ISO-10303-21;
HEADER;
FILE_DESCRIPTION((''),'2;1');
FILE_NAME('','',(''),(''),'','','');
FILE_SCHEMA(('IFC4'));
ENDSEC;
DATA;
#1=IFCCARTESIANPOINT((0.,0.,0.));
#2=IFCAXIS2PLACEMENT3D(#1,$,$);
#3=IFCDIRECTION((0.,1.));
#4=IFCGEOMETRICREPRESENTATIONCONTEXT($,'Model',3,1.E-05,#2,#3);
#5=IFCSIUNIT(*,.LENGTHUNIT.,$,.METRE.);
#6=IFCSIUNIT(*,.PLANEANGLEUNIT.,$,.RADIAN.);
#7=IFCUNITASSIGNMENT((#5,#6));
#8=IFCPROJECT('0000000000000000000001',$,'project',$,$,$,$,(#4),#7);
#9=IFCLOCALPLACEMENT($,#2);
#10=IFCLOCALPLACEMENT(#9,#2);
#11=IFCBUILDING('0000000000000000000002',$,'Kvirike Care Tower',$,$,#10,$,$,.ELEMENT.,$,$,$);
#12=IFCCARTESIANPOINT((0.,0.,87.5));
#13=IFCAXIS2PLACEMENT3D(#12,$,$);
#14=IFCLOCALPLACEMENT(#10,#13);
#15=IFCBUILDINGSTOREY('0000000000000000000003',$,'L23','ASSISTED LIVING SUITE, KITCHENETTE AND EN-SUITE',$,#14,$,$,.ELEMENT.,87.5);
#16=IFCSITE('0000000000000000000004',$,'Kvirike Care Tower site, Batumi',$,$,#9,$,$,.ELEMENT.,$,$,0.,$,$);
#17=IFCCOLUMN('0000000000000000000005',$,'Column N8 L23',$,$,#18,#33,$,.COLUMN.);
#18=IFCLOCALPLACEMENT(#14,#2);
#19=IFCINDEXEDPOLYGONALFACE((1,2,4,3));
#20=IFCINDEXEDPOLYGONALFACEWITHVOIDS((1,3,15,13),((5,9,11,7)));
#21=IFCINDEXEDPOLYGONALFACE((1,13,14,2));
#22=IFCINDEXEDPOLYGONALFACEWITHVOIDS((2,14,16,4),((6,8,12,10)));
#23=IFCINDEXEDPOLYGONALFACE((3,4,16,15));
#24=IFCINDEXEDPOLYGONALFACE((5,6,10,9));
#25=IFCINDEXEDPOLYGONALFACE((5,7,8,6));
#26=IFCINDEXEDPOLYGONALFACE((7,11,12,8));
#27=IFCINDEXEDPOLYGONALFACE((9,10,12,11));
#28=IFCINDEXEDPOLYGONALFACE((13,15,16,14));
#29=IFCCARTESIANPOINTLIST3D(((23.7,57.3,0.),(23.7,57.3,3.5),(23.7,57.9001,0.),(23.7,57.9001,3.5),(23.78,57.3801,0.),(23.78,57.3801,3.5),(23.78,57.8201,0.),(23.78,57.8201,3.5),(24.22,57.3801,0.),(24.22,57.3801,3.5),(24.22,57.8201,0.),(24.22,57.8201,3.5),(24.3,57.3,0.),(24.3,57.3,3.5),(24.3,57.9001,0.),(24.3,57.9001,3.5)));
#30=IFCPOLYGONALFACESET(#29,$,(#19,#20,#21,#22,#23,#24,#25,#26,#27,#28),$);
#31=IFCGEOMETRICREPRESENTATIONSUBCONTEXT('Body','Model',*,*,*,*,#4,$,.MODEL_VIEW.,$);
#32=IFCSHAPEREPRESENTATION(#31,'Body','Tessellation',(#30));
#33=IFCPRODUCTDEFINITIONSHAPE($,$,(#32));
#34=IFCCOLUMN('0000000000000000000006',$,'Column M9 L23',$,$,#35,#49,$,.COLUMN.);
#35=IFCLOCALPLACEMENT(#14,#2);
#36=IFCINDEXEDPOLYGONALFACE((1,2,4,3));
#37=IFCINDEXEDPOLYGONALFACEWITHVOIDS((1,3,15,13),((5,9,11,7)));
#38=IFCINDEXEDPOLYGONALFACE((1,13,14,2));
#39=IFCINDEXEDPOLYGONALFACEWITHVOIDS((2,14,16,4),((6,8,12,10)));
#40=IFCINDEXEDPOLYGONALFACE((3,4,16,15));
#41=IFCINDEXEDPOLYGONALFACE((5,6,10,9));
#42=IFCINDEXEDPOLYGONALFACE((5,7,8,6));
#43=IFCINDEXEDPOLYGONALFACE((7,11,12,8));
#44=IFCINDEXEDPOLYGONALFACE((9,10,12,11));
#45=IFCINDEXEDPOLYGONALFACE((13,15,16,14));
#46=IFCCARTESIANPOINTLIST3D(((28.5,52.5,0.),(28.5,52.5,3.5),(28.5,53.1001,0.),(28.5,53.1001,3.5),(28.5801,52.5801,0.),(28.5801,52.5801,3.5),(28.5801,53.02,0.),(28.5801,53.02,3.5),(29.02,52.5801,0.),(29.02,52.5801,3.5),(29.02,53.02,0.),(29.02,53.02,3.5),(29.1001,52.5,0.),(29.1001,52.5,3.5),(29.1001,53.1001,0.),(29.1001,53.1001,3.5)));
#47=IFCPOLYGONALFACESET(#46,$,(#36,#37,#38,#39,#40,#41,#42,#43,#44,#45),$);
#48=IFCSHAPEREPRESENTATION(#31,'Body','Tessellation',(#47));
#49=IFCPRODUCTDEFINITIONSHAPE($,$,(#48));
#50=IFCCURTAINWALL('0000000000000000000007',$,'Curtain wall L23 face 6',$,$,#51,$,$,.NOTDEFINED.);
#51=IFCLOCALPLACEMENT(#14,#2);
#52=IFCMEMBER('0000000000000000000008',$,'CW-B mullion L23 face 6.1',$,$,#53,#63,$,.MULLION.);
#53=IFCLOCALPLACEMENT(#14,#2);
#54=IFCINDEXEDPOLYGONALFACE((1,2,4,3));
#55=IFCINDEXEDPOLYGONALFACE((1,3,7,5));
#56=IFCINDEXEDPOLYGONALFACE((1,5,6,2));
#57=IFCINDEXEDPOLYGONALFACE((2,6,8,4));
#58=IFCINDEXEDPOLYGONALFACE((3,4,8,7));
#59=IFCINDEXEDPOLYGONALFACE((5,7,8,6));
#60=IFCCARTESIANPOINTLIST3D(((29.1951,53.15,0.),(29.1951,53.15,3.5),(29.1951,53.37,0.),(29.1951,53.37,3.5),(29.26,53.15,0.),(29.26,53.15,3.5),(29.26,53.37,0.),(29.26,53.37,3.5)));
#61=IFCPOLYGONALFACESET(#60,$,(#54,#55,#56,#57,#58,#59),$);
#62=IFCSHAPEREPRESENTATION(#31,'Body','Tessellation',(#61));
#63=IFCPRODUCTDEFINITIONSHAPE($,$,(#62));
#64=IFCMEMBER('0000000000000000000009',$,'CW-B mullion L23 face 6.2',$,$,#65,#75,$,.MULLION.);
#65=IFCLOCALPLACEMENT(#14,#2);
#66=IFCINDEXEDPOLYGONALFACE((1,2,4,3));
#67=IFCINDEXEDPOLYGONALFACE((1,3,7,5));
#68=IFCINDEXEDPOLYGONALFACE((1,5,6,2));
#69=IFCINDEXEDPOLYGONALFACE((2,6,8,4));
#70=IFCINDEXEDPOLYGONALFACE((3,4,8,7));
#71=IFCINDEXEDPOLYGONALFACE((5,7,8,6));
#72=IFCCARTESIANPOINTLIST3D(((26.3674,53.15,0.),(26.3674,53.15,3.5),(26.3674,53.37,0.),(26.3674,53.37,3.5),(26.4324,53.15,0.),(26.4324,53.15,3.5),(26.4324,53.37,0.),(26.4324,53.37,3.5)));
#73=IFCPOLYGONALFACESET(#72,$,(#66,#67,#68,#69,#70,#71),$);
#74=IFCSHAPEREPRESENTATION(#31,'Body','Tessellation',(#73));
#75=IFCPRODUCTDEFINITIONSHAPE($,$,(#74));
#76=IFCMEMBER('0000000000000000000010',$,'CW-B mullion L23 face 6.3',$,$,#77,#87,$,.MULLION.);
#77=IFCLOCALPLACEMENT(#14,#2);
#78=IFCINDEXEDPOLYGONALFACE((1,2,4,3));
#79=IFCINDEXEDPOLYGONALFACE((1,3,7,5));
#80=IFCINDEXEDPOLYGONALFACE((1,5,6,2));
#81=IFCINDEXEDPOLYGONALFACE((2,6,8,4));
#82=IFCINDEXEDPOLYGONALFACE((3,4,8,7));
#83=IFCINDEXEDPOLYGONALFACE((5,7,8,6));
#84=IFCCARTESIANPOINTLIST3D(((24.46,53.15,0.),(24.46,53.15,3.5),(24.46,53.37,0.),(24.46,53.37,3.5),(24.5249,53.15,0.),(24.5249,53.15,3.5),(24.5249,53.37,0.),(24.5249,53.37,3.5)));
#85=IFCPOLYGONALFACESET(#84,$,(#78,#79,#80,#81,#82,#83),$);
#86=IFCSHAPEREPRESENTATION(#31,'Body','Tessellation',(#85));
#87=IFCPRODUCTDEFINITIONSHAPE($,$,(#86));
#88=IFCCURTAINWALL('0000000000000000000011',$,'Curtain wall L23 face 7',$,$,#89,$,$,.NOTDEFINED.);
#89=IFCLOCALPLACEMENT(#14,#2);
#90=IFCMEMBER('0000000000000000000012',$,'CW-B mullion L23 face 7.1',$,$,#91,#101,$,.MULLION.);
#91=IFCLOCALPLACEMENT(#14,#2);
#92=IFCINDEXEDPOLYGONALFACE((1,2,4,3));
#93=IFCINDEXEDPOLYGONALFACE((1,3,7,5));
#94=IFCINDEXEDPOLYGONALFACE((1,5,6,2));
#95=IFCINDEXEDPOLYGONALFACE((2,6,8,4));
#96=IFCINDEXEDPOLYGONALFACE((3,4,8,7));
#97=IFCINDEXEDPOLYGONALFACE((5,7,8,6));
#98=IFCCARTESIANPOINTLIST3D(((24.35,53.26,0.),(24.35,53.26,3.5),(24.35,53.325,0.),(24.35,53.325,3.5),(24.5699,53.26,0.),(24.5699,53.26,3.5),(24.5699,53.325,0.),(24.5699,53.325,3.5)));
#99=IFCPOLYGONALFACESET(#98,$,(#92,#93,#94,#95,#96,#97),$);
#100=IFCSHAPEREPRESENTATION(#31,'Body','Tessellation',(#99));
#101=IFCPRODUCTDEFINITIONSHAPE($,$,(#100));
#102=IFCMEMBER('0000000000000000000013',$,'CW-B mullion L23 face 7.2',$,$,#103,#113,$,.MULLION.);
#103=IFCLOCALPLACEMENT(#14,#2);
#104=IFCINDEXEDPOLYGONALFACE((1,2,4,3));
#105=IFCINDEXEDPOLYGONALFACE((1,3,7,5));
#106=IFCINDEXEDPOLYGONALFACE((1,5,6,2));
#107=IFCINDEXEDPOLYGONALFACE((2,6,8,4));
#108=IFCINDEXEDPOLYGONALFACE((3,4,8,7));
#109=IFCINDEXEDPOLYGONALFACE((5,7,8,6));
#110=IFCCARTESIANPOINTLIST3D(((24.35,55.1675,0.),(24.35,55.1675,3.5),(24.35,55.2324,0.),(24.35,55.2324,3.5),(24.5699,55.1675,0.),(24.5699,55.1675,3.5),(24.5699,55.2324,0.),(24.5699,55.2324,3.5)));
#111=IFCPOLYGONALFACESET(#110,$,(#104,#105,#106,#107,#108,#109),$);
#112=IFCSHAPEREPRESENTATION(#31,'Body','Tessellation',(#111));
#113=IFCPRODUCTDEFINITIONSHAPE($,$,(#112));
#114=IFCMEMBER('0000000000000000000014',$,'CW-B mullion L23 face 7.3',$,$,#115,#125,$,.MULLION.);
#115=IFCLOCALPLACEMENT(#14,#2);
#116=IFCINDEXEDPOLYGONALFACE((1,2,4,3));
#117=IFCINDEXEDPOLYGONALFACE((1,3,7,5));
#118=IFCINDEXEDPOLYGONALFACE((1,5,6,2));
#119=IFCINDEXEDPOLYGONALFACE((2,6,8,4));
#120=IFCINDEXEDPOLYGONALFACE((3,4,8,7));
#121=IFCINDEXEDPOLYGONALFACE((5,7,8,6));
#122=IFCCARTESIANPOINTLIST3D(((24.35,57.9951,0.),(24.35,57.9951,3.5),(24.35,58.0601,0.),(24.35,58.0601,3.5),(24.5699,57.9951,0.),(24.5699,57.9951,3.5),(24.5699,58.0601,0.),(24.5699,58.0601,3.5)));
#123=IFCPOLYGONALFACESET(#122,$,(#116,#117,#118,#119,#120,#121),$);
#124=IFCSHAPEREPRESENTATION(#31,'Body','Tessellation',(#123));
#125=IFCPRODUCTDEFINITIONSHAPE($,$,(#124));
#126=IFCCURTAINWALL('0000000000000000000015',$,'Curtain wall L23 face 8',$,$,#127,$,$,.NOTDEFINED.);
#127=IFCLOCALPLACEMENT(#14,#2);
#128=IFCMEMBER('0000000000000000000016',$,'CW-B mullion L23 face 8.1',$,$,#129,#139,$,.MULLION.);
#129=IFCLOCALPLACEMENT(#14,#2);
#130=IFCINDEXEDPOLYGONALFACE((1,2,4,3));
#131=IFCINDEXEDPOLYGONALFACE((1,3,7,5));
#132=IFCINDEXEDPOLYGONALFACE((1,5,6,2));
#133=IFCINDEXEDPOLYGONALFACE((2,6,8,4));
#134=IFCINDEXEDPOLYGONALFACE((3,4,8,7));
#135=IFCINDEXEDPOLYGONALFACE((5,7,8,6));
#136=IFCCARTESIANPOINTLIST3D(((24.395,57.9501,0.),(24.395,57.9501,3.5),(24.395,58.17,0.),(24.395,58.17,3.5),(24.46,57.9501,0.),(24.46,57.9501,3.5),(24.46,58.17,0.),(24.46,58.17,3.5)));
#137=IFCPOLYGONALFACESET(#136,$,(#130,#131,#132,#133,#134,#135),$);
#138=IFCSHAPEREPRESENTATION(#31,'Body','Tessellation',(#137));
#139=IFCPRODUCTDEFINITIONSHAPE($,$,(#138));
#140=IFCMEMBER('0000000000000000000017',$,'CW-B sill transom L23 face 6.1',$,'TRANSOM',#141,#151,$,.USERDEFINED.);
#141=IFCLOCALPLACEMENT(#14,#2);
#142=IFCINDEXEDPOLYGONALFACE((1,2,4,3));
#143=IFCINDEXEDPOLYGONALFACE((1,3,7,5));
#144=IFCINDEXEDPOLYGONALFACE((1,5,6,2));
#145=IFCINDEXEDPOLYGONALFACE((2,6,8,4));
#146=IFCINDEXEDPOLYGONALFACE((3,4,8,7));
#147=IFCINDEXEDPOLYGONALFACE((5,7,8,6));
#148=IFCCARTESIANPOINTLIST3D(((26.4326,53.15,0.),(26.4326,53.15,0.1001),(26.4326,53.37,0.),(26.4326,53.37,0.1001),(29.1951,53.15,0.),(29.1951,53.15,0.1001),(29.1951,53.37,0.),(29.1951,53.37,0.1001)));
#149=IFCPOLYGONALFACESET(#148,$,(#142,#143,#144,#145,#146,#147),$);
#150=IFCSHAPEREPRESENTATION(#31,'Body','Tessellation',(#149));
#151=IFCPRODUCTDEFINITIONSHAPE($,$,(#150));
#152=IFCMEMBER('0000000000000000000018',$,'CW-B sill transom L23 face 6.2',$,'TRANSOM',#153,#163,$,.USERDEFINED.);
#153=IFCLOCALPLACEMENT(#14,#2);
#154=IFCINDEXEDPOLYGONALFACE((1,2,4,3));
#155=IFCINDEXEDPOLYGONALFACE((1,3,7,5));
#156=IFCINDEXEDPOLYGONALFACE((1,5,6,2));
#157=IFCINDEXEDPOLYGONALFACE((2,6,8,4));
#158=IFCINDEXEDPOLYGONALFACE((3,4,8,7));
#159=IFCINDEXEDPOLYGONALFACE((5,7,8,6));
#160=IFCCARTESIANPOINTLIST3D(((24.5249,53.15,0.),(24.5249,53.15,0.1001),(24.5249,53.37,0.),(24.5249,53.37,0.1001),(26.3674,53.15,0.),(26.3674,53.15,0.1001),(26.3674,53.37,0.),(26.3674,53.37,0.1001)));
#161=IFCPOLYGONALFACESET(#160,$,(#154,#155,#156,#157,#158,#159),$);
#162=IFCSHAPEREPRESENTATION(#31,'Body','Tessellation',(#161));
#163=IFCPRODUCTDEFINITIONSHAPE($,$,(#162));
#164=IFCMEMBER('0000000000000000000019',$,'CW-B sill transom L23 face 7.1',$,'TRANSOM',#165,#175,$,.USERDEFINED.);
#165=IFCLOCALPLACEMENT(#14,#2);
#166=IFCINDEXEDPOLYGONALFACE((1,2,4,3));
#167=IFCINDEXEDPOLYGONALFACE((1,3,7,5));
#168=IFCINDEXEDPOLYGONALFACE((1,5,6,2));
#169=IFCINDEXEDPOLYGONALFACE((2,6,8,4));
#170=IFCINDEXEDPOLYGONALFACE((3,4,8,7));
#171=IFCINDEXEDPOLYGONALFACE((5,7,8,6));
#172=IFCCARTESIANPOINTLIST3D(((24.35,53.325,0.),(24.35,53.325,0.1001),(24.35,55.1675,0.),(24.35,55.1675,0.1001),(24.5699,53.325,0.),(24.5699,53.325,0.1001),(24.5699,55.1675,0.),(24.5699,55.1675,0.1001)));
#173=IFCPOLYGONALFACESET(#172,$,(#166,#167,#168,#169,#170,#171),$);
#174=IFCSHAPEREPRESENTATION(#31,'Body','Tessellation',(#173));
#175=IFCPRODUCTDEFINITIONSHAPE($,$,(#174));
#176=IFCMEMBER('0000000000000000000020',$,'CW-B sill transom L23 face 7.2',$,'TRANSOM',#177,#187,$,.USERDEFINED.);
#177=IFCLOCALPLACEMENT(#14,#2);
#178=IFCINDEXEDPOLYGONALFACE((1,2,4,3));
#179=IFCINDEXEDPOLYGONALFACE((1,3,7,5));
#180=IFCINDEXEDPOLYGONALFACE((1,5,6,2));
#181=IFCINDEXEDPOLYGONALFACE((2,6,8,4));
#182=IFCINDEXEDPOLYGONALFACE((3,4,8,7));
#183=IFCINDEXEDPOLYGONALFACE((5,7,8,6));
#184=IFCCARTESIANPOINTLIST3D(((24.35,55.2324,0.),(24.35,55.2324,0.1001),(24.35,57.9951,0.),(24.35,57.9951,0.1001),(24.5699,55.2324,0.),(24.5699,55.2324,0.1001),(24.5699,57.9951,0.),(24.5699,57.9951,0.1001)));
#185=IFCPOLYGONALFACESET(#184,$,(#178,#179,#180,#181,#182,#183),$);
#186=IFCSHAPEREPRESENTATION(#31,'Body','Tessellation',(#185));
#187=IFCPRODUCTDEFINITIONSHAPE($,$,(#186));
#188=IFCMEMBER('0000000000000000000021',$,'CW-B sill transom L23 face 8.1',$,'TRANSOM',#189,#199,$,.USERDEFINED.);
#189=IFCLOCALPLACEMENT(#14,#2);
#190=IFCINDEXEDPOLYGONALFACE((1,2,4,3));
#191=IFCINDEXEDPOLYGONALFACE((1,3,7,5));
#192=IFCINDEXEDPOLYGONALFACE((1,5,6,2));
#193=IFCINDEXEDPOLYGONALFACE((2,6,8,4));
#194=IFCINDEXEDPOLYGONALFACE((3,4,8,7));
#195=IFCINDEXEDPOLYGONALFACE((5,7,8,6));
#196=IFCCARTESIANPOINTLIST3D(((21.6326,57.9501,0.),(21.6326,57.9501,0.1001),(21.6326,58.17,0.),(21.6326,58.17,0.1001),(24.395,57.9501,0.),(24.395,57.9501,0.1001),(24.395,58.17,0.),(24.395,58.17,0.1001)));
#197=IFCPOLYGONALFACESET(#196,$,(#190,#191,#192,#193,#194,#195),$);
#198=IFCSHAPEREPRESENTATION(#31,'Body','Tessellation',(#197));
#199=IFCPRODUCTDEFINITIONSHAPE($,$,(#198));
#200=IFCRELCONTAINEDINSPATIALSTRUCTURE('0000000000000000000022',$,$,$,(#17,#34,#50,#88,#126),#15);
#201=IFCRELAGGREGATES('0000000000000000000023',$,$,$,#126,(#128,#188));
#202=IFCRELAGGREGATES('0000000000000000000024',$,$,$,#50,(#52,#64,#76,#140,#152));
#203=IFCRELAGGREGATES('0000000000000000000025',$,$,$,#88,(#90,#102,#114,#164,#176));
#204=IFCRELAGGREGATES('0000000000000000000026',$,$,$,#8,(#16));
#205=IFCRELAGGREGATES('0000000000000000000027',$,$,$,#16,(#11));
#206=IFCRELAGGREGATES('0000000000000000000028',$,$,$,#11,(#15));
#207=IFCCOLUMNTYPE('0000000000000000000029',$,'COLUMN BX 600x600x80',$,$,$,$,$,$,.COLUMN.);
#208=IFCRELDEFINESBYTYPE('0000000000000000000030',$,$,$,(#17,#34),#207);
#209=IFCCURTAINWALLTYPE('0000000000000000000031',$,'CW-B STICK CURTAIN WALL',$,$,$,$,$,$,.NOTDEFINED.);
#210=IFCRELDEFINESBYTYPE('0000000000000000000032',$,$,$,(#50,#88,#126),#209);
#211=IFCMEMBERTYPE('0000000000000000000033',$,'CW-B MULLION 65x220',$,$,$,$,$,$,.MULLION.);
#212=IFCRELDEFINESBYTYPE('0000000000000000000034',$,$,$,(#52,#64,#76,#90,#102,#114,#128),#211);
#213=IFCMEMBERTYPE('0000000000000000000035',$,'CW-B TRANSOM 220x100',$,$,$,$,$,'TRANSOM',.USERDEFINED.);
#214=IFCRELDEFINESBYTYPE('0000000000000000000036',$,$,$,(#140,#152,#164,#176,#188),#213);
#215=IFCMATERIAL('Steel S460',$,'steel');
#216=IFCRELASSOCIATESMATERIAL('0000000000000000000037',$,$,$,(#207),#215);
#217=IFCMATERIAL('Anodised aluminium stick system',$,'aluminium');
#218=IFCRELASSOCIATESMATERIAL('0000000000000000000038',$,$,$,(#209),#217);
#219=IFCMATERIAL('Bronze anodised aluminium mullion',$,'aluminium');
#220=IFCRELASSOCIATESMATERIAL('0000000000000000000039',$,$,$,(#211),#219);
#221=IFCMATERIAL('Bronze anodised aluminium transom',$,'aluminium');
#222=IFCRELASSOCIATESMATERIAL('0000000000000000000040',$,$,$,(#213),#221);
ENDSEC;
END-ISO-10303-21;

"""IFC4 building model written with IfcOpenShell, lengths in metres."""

from ifc_helpers import new_model, si_unit, direction, frame, origin, origin_2d, place, context, subcontext, project, spatial, rectangle, hollow_rectangle, extrude, material, material_profile, profile_set, type_object, element, aggregate, save


model = new_model("IFC4")

# Units and contexts
model_context = context("Model", 3, precision=1e-05, world=origin(), true_north=direction((0.0, 1.0)))
body_context = subcontext(model_context, "Body", "Model", "MODEL_VIEW")
ifc_project = project(units=[si_unit("LENGTHUNIT", "METRE"), si_unit("PLANEANGLEUNIT", "RADIAN")], contexts=[model_context])

# Site, building, storey
site_placement = place(None, origin())
site = spatial("IfcSite", under=ifc_project, at=site_placement, Name="Kvirike Care Tower site, Batumi", CompositionType="ELEMENT", RefElevation=0.0)
building_placement = place(site_placement, origin())
building = spatial("IfcBuilding", under=site, at=building_placement, Name="Kvirike Care Tower", CompositionType="ELEMENT")
storey_placement = place(building_placement, frame((0.0, 0.0, 87.5)))
storey = spatial("IfcBuildingStorey", under=building, at=storey_placement, Name="L23", Description="ASSISTED LIVING SUITE, KITCHENETTE AND EN-SUITE", CompositionType="ELEMENT", Elevation=87.5)

# Columns
ifc_material_1 = material(Name="Steel S460", Category="steel")
ifc_material_profile_1 = material_profile(ifc_material_1, hollow_rectangle(XDim=0.6001, YDim=0.6001, WallThickness=0.0801, at=origin_2d()), Name="BX 600x600x80")
ifc_profile_set_1 = profile_set([ifc_material_profile_1], Name="Steel S460")
column_type = type_object("IfcColumnType", Name="COLUMN BX 600x600x80", PredefinedType="COLUMN", material=ifc_profile_set_1)
for number, where, z_axis, x_axis, name in (
    (1, (24.0, 57.6001, 0.0), (0.0, 0.0, 1.0), (0.0, 1.0, 0.0), "Column N8 L23"),
    (2, (28.8, 52.8, 0.0), (0.0, 0.0, 1.0), (0.0, 1.0, 0.0), "Column M9 L23"),
):
    element("IfcColumn", number, at=place(storey_placement, frame(where, z_axis=z_axis, x_axis=x_axis)), inside=storey, type_object=column_type, Name=name, PredefinedType="COLUMN", context=body_context, shape_type="SweptSolid", body=[
        extrude(hollow_rectangle(XDim=0.6001, YDim=0.6001, WallThickness=0.0801, at=origin_2d()), origin(), (0.0, 0.0, 1.0), 3.5),
    ])

# Curtain walls, members
ifc_material_2 = material(Name="Anodised aluminium stick system", Category="aluminium")
curtain_wall_type = type_object("IfcCurtainWallType", Name="CW-B STICK CURTAIN WALL", PredefinedType="NOTDEFINED", material=ifc_material_2)
curtain_wall_1_placement = place(storey_placement, origin())
curtain_wall_1 = element("IfcCurtainWall", 3, at=curtain_wall_1_placement, inside=storey, type_object=curtain_wall_type, Name="Curtain wall L23 face 6", PredefinedType="NOTDEFINED")
ifc_material_3 = material(Name="Bronze anodised aluminium mullion", Category="aluminium")
ifc_material_profile_2 = material_profile(ifc_material_3, rectangle(XDim=0.0649, YDim=0.22, at=origin_2d()), Name="CW-B MULLION 65x220")
ifc_profile_set_2 = profile_set([ifc_material_profile_2], Name="Bronze anodised aluminium mullion")
member_type_1 = type_object("IfcMemberType", Name="CW-B MULLION 65x220", PredefinedType="MULLION", material=ifc_profile_set_2)
member_1_placement = place(storey_placement, frame((29.2275, 53.26, 0.0), z_axis=(0.0, 0.0, 1.0), x_axis=(-1.0, 0.0, 0.0)))
member_1 = element("IfcMember", 4, at=member_1_placement, type_object=member_type_1, Name="CW-B mullion L23 face 6.1", PredefinedType="MULLION", context=body_context, shape_type="SweptSolid", body=[
    extrude(rectangle(XDim=0.0649, YDim=0.22, at=origin_2d()), origin(), (0.0, 0.0, 1.0), 3.5),
])
member_2_placement = place(storey_placement, frame((26.3999, 53.26, 0.0), z_axis=(0.0, 0.0, 1.0), x_axis=(-1.0, 0.0, 0.0)))
member_2 = element("IfcMember", 5, at=member_2_placement, type_object=member_type_1, Name="CW-B mullion L23 face 6.2", PredefinedType="MULLION", context=body_context, shape_type="SweptSolid", body=[
    extrude(rectangle(XDim=0.0649, YDim=0.22, at=origin_2d()), origin(), (0.0, 0.0, 1.0), 3.5),
])
member_3_placement = place(storey_placement, frame((24.4924, 53.26, 0.0), z_axis=(0.0, 0.0, 1.0), x_axis=(-1.0, 0.0, 0.0)))
member_3 = element("IfcMember", 6, at=member_3_placement, type_object=member_type_1, Name="CW-B mullion L23 face 6.3", PredefinedType="MULLION", context=body_context, shape_type="SweptSolid", body=[
    extrude(rectangle(XDim=0.0649, YDim=0.22, at=origin_2d()), origin(), (0.0, 0.0, 1.0), 3.5),
])
curtain_wall_2_placement = place(storey_placement, origin())
curtain_wall_2 = element("IfcCurtainWall", 7, at=curtain_wall_2_placement, inside=storey, type_object=curtain_wall_type, Name="Curtain wall L23 face 7", PredefinedType="NOTDEFINED")
member_4_placement = place(storey_placement, frame((24.46, 53.2925, 0.0), z_axis=(0.0, 0.0, 1.0), x_axis=(0.0, 1.0, 0.0)))
member_4 = element("IfcMember", 8, at=member_4_placement, type_object=member_type_1, Name="CW-B mullion L23 face 7.1", PredefinedType="MULLION", context=body_context, shape_type="SweptSolid", body=[
    extrude(rectangle(XDim=0.0649, YDim=0.22, at=origin_2d()), origin(), (0.0, 0.0, 1.0), 3.5),
])
member_5_placement = place(storey_placement, frame((24.46, 55.2, 0.0), z_axis=(0.0, 0.0, 1.0), x_axis=(0.0, 1.0, 0.0)))
member_5 = element("IfcMember", 9, at=member_5_placement, type_object=member_type_1, Name="CW-B mullion L23 face 7.2", PredefinedType="MULLION", context=body_context, shape_type="SweptSolid", body=[
    extrude(rectangle(XDim=0.0649, YDim=0.22, at=origin_2d()), origin(), (0.0, 0.0, 1.0), 3.5),
])
member_6_placement = place(storey_placement, frame((24.46, 58.0276, 0.0), z_axis=(0.0, 0.0, 1.0), x_axis=(0.0, 1.0, 0.0)))
member_6 = element("IfcMember", 10, at=member_6_placement, type_object=member_type_1, Name="CW-B mullion L23 face 7.3", PredefinedType="MULLION", context=body_context, shape_type="SweptSolid", body=[
    extrude(rectangle(XDim=0.0649, YDim=0.22, at=origin_2d()), origin(), (0.0, 0.0, 1.0), 3.5),
])

# Curtain wall, member
curtain_wall_3_placement = place(storey_placement, origin())
curtain_wall_3 = element("IfcCurtainWall", 11, at=curtain_wall_3_placement, inside=storey, type_object=curtain_wall_type, Name="Curtain wall L23 face 8", PredefinedType="NOTDEFINED")
member_7_placement = place(storey_placement, frame((24.4275, 58.0601, 0.0), z_axis=(0.0, 0.0, 1.0), x_axis=(-1.0, 0.0, 0.0)))
member_7 = element("IfcMember", 12, at=member_7_placement, type_object=member_type_1, Name="CW-B mullion L23 face 8.1", PredefinedType="MULLION", context=body_context, shape_type="SweptSolid", body=[
    extrude(rectangle(XDim=0.0649, YDim=0.22, at=origin_2d()), origin(), (0.0, 0.0, 1.0), 3.5),
])

# Members
ifc_material_4 = material(Name="Bronze anodised aluminium transom", Category="aluminium")
ifc_material_profile_3 = material_profile(ifc_material_4, rectangle(XDim=0.22, YDim=0.1001, at=origin_2d()), Name="CW-B TRANSOM 220x100")
ifc_profile_set_3 = profile_set([ifc_material_profile_3], Name="Bronze anodised aluminium transom")
member_type_2 = type_object("IfcMemberType", Name="CW-B TRANSOM 220x100", ElementType="TRANSOM", PredefinedType="USERDEFINED", material=ifc_profile_set_3)
member_8_placement = place(storey_placement, frame((29.1951, 53.26, 0.05), z_axis=(-1.0, 0.0, 0.0), x_axis=(0.0, -1.0, 0.0)))
member_8 = element("IfcMember", 13, at=member_8_placement, type_object=member_type_2, Name="CW-B sill transom L23 face 6.1", ObjectType="TRANSOM", PredefinedType="USERDEFINED", context=body_context, shape_type="SweptSolid", body=[
    extrude(rectangle(XDim=0.22, YDim=0.1001, at=origin_2d()), origin(), (0.0, 0.0, 1.0), 2.7625),
])
member_9_placement = place(storey_placement, frame((26.3674, 53.26, 0.05), z_axis=(-1.0, 0.0, 0.0), x_axis=(0.0, -1.0, 0.0)))
member_9 = element("IfcMember", 14, at=member_9_placement, type_object=member_type_2, Name="CW-B sill transom L23 face 6.2", ObjectType="TRANSOM", PredefinedType="USERDEFINED", context=body_context, shape_type="SweptSolid", body=[
    extrude(rectangle(XDim=0.22, YDim=0.1001, at=origin_2d()), origin(), (0.0, 0.0, 1.0), 1.8425),
])
member_10_placement = place(storey_placement, frame((24.46, 53.325, 0.05), z_axis=(0.0, 1.0, 0.0), x_axis=(-1.0, 0.0, 0.0)))
member_10 = element("IfcMember", 15, at=member_10_placement, type_object=member_type_2, Name="CW-B sill transom L23 face 7.1", ObjectType="TRANSOM", PredefinedType="USERDEFINED", context=body_context, shape_type="SweptSolid", body=[
    extrude(rectangle(XDim=0.22, YDim=0.1001, at=origin_2d()), origin(), (0.0, 0.0, 1.0), 1.8425),
])
member_11_placement = place(storey_placement, frame((24.46, 55.2324, 0.05), z_axis=(0.0, 1.0, 0.0), x_axis=(-1.0, 0.0, 0.0)))
member_11 = element("IfcMember", 16, at=member_11_placement, type_object=member_type_2, Name="CW-B sill transom L23 face 7.2", ObjectType="TRANSOM", PredefinedType="USERDEFINED", context=body_context, shape_type="SweptSolid", body=[
    extrude(rectangle(XDim=0.22, YDim=0.1001, at=origin_2d()), origin(), (0.0, 0.0, 1.0), 2.7627),
])
member_12_placement = place(storey_placement, frame((24.395, 58.0601, 0.05), z_axis=(-1.0, 0.0, 0.0), x_axis=(0.0, -1.0, 0.0)))
member_12 = element("IfcMember", 17, at=member_12_placement, type_object=member_type_2, Name="CW-B sill transom L23 face 8.1", ObjectType="TRANSOM", PredefinedType="USERDEFINED", context=body_context, shape_type="SweptSolid", body=[
    extrude(rectangle(XDim=0.22, YDim=0.1001, at=origin_2d()), origin(), (0.0, 0.0, 1.0), 2.7625),
])
aggregate(curtain_wall_3, [member_7, member_12])

aggregate(curtain_wall_1, [member_1, member_2, member_3, member_8, member_9])
aggregate(curtain_wall_2, [member_4, member_5, member_6, member_10, member_11])

save(model, "model.ifc")
